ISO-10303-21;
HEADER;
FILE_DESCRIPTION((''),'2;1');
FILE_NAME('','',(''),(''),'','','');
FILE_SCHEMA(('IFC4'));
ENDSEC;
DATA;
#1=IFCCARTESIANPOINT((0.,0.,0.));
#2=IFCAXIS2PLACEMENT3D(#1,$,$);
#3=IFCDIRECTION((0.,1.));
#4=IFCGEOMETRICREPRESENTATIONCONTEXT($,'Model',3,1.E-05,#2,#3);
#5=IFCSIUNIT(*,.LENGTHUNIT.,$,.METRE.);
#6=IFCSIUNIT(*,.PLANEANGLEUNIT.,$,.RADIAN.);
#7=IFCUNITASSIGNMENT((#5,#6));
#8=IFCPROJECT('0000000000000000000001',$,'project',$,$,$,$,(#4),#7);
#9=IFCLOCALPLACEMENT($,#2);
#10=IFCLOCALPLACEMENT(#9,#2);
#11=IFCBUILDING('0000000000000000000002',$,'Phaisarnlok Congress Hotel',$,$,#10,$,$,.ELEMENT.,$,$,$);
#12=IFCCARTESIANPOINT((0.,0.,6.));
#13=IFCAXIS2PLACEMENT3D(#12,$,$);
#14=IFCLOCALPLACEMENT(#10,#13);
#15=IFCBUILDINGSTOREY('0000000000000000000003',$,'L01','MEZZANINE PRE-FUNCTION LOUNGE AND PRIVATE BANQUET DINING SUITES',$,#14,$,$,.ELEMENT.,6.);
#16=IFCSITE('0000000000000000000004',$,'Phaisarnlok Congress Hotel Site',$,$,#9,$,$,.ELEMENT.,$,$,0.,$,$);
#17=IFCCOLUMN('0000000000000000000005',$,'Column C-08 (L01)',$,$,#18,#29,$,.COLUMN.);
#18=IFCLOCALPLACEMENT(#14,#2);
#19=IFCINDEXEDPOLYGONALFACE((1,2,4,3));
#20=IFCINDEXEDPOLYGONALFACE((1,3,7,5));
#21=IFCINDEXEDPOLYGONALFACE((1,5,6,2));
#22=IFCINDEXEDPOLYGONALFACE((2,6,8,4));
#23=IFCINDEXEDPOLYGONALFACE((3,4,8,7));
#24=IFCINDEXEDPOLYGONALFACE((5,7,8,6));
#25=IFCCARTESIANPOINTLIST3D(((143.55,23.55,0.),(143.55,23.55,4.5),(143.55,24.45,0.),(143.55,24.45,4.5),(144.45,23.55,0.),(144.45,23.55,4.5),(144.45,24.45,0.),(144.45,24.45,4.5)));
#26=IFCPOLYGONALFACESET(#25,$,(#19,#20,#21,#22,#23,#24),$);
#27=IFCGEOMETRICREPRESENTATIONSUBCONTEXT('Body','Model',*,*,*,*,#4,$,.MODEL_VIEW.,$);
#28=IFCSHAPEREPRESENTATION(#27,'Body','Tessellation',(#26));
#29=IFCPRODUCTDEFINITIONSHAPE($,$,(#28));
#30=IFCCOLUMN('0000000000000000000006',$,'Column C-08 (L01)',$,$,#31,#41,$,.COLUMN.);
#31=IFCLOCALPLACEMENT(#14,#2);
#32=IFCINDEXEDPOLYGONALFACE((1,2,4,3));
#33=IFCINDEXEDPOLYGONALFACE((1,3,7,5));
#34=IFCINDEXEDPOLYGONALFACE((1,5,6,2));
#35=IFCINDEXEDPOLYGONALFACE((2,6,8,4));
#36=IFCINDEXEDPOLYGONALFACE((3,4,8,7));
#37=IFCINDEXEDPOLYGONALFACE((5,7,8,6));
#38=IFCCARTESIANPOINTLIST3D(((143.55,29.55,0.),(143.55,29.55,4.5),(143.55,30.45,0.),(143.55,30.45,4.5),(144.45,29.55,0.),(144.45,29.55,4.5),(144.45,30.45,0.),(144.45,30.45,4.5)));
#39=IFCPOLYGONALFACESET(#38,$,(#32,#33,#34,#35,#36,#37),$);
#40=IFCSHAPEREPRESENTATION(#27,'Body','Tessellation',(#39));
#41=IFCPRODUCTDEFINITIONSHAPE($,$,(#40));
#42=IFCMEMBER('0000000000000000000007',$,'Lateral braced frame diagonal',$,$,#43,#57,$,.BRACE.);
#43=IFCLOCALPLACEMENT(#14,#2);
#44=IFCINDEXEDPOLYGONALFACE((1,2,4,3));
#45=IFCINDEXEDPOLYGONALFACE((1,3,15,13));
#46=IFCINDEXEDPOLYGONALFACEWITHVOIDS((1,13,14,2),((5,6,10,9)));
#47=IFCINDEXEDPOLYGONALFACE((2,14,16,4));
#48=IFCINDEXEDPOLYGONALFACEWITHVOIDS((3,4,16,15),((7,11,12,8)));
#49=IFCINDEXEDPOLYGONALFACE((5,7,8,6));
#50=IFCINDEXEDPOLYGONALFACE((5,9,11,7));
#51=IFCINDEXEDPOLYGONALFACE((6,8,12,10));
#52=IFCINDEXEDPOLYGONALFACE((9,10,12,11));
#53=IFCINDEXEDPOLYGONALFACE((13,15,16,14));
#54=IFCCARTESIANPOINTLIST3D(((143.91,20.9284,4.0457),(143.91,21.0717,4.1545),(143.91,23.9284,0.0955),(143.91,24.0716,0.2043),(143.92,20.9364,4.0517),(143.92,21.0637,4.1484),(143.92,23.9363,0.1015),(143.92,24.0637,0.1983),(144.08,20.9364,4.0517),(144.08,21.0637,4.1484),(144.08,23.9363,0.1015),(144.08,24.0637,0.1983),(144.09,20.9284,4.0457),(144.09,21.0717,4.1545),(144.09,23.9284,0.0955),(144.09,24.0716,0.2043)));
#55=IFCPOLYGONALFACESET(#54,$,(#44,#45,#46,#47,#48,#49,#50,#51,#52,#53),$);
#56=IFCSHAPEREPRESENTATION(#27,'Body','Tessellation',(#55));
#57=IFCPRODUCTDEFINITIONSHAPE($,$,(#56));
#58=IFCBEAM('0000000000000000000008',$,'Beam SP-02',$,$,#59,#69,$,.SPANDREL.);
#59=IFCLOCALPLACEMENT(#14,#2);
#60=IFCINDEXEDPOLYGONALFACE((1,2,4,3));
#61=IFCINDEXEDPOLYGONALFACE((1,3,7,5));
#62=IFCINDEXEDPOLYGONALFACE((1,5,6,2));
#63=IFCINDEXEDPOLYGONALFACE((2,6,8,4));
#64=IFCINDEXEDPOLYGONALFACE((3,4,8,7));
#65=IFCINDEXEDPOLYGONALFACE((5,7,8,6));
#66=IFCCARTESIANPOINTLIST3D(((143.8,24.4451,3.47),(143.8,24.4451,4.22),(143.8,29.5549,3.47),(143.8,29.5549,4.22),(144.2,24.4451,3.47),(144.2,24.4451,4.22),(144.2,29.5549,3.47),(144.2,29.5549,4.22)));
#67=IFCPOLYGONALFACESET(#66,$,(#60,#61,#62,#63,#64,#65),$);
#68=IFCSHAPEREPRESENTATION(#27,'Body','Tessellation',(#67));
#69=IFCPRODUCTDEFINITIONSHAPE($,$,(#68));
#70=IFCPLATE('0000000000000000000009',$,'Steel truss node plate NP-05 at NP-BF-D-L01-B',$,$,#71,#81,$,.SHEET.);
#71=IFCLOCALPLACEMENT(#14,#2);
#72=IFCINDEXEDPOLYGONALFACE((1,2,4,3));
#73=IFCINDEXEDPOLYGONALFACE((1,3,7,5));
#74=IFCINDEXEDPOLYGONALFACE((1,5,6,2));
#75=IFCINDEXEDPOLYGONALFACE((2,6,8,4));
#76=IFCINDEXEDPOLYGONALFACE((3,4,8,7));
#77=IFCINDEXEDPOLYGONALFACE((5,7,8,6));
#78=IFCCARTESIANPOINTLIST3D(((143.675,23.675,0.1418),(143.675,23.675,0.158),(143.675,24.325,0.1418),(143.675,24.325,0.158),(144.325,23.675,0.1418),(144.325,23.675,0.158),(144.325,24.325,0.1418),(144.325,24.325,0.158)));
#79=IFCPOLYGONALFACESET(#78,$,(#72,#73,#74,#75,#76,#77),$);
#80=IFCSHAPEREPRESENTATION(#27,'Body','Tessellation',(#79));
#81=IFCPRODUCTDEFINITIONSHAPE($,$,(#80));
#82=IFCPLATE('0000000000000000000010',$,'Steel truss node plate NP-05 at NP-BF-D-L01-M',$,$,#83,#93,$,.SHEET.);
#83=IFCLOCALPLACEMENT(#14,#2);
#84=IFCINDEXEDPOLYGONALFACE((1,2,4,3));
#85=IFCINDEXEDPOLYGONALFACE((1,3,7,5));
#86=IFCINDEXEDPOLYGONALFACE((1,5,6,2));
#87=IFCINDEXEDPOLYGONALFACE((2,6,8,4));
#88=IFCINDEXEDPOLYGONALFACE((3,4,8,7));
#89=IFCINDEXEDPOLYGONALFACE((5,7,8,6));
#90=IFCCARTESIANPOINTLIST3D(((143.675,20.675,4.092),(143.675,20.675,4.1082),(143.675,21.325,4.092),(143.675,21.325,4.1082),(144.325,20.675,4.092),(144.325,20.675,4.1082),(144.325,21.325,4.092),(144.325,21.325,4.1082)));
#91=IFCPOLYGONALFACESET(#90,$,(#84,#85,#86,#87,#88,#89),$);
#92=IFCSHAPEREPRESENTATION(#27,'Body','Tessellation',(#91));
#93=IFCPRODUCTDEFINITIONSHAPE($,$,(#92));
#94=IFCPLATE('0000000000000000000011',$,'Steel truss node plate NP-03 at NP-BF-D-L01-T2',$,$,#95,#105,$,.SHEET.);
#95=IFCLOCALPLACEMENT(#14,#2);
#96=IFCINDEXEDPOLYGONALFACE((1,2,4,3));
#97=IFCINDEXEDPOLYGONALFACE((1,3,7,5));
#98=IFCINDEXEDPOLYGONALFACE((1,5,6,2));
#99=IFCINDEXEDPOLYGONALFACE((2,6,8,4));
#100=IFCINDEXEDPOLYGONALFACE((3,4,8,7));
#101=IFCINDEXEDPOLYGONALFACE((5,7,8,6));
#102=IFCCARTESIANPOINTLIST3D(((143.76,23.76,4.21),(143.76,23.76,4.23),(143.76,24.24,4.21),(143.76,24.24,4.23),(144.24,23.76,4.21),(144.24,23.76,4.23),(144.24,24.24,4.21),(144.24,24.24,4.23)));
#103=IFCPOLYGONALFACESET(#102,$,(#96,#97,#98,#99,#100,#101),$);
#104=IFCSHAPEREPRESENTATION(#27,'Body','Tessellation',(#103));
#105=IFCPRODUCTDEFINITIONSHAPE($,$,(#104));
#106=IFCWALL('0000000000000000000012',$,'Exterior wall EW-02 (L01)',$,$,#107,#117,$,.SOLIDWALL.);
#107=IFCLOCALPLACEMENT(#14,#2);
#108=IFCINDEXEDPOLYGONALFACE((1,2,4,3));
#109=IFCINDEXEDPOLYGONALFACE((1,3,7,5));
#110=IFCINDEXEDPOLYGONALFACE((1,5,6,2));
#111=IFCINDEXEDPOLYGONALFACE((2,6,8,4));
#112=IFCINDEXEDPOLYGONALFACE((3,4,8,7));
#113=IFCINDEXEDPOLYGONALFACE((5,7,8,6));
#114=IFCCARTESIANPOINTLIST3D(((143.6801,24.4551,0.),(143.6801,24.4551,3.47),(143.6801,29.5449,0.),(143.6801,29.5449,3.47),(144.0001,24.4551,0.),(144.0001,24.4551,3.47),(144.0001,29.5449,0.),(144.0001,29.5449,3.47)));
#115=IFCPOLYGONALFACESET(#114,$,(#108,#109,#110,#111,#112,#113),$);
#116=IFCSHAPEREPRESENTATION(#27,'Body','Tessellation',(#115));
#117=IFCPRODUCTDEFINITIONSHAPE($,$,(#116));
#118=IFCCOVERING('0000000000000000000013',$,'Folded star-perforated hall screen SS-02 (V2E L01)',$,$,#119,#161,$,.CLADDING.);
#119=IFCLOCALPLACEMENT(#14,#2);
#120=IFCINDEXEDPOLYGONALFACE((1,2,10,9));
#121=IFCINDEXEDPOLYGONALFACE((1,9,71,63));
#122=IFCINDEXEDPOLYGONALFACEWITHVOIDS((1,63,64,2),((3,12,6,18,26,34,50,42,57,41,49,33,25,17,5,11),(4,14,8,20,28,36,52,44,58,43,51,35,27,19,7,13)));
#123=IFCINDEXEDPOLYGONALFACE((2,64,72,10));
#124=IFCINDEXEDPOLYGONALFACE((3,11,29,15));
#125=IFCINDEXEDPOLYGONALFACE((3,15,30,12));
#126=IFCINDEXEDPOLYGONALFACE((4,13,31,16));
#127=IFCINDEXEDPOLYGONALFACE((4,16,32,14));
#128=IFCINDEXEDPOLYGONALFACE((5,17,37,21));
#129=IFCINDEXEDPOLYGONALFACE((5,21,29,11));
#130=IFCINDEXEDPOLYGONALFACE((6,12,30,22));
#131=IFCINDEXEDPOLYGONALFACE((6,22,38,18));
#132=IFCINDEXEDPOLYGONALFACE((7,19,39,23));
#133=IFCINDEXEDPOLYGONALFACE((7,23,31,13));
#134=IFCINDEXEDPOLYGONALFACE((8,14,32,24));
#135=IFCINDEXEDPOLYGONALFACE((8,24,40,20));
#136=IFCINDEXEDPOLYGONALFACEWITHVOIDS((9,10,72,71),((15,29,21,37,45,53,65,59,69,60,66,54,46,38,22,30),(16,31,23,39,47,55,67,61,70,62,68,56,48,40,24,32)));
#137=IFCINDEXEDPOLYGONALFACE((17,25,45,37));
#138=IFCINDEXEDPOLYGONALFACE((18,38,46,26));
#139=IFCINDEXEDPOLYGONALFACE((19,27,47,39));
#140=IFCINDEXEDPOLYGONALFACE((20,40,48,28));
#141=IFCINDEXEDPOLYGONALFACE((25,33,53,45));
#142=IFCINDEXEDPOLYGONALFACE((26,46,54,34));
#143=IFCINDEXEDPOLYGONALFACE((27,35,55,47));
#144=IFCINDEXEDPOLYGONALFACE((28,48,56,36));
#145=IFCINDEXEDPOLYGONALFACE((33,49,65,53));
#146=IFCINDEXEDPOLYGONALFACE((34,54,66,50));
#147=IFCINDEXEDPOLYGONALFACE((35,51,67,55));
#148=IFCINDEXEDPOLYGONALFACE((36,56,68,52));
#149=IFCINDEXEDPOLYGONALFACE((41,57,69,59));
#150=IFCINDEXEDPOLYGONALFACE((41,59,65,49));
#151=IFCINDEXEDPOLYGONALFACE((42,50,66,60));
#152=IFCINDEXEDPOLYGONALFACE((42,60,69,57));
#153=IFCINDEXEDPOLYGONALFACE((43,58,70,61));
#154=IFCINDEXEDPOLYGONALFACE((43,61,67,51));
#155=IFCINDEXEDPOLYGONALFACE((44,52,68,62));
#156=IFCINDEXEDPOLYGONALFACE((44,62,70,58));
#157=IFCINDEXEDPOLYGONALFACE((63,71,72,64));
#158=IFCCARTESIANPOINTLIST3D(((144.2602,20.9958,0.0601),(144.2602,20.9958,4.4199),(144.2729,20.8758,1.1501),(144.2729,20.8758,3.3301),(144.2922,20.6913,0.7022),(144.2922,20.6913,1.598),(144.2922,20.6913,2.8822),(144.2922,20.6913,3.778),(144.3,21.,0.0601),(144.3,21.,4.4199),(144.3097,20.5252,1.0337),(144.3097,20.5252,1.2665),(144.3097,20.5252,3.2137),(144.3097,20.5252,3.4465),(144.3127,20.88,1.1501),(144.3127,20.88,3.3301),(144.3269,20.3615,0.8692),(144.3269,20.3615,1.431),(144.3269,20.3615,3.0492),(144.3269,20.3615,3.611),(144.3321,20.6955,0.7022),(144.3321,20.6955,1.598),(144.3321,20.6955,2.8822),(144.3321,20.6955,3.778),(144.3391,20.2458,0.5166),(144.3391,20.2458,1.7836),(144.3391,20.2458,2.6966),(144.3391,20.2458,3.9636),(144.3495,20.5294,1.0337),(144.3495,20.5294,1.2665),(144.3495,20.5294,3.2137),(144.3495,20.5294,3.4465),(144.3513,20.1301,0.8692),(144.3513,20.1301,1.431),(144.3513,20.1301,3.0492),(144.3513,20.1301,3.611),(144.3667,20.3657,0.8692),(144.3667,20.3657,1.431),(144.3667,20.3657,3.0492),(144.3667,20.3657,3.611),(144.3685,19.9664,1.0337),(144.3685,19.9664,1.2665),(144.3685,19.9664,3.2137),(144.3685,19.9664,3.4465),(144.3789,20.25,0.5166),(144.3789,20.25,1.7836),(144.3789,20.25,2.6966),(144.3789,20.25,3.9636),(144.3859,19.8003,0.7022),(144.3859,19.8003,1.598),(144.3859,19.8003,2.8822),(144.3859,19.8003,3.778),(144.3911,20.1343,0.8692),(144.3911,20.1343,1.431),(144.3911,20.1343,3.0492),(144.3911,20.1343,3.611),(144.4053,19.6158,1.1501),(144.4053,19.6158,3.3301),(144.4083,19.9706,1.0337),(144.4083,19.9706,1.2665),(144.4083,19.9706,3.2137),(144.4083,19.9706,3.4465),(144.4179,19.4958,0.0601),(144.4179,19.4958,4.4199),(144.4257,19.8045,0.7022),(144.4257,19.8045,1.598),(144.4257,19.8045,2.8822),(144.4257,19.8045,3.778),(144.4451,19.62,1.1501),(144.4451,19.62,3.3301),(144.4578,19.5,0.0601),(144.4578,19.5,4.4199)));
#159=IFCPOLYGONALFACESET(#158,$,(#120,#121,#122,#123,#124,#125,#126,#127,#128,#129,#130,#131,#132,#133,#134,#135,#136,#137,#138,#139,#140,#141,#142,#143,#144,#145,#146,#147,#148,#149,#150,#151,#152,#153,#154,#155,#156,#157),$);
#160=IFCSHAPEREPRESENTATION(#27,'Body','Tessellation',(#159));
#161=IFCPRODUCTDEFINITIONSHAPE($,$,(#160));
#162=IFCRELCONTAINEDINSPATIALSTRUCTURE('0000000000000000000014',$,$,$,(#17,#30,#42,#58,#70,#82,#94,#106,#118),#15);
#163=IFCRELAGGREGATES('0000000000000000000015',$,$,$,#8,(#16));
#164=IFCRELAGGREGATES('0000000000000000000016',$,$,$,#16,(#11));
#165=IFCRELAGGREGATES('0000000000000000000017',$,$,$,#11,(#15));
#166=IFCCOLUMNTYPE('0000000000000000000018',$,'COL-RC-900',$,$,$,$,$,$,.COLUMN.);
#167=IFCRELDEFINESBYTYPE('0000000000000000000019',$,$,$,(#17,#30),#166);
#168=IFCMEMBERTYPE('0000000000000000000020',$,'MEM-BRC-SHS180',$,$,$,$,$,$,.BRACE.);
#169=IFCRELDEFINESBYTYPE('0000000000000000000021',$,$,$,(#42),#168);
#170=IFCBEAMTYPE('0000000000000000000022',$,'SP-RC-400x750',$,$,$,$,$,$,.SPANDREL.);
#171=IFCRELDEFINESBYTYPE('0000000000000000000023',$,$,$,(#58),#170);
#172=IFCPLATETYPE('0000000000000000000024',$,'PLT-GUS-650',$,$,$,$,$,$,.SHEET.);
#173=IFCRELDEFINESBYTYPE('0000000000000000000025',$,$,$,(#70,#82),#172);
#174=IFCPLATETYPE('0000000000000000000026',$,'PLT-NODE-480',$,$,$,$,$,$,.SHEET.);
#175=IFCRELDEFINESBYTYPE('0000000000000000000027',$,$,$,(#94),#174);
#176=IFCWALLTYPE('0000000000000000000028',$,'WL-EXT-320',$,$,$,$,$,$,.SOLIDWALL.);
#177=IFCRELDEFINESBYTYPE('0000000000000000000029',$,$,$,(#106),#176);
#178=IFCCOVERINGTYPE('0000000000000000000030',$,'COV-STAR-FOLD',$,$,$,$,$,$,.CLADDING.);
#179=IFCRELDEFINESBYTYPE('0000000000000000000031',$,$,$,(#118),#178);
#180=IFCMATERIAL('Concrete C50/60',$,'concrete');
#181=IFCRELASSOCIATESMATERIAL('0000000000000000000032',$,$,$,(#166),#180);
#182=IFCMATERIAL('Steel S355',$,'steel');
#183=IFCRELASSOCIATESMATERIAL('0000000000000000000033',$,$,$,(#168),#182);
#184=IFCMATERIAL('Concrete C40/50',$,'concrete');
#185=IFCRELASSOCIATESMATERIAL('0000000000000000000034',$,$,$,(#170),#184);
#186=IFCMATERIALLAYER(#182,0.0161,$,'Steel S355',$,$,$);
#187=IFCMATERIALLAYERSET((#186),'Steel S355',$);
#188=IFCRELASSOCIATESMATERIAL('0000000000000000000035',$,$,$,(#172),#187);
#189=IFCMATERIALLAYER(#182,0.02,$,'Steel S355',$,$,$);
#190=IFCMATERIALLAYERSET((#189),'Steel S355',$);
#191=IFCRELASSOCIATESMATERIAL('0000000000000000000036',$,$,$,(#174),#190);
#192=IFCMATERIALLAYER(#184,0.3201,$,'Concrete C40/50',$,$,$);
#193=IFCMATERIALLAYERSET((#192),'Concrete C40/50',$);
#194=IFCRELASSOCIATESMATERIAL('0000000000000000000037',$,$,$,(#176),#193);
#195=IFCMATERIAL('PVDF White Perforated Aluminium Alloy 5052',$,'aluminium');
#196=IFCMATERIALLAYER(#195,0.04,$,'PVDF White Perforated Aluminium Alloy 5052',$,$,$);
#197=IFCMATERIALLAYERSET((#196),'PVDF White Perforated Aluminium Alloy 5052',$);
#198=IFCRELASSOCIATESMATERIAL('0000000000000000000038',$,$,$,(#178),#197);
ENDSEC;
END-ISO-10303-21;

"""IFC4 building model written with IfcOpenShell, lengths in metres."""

from ifc_helpers import new_model, si_unit, direction, frame, frame_2d, origin, origin_2d, place, context, subcontext, project, spatial, polyline, rectangle, hollow_rectangle, outline, extrude, material, layer, layer_set, material_profile, profile_set, type_object, element, save


model = new_model("IFC4")

# Units and contexts
model_context = context("Model", 3, precision=1e-05, world=origin(), true_north=direction((0.0, 1.0)))
body_context = subcontext(model_context, "Body", "Model", "MODEL_VIEW")
ifc_project = project(units=[si_unit("LENGTHUNIT", "METRE"), si_unit("PLANEANGLEUNIT", "RADIAN")], contexts=[model_context])

# Site, building, storey
site_placement = place(None, origin())
site = spatial("IfcSite", under=ifc_project, at=site_placement, Name="Phaisarnlok Congress Hotel Site", CompositionType="ELEMENT", RefElevation=0.0)
building_placement = place(site_placement, origin())
building = spatial("IfcBuilding", under=site, at=building_placement, Name="Phaisarnlok Congress Hotel", CompositionType="ELEMENT")
storey_placement = place(building_placement, frame((0.0, 0.0, 6.0)))
storey = spatial("IfcBuildingStorey", under=building, at=storey_placement, Name="L01", Description="MEZZANINE PRE-FUNCTION LOUNGE AND PRIVATE BANQUET DINING SUITES", CompositionType="ELEMENT", Elevation=6.0)

# Columns
ifc_material_1 = material(Name="Concrete C50/60", Category="concrete")
ifc_material_profile_1 = material_profile(ifc_material_1, rectangle(XDim=0.8999, YDim=0.8999, at=origin_2d()), Name="RC 900x900")
ifc_profile_set_1 = profile_set([ifc_material_profile_1], Name="Concrete C50/60")
column_type = type_object("IfcColumnType", Name="COL-RC-900", PredefinedType="COLUMN", material=ifc_profile_set_1)
for number, where, z_axis, x_axis, name in (
    (1, (144.0, 24.0, 0.0), (0.0, 0.0, 1.0), (1.0, 0.0, 0.0), "Column C-08 (L01)"),
    (2, (144.0, 30.0, 0.0), (0.0, 0.0, 1.0), (1.0, 0.0, 0.0), "Column C-08 (L01)"),
):
    element("IfcColumn", number, at=place(storey_placement, frame(where, z_axis=z_axis, x_axis=x_axis)), inside=storey, type_object=column_type, Name=name, PredefinedType="COLUMN", context=body_context, shape_type="SweptSolid", body=[
        extrude(rectangle(XDim=0.8999, YDim=0.8999, at=origin_2d()), origin(), (0.0, 0.0, 1.0), 4.5),
    ])

# Member
ifc_material_2 = material(Name="Steel S355", Category="steel")
ifc_material_profile_2 = material_profile(ifc_material_2, hollow_rectangle(XDim=0.1799, YDim=0.1799, WallThickness=0.01, at=origin_2d()), Name="SHS 180x180x10")
ifc_profile_set_2 = profile_set([ifc_material_profile_2], Name="Steel S355")
member_type = type_object("IfcMemberType", Name="MEM-BRC-SHS180", PredefinedType="BRACE", material=ifc_profile_set_2)
member_placement = place(storey_placement, frame((144.0, 24.0, 0.1499), z_axis=(0.0, -0.604809, 0.796371), x_axis=(1.0, 0.0, 0.0)))
element("IfcMember", 3, at=member_placement, inside=storey, type_object=member_type, Name="Lateral braced frame diagonal", PredefinedType="BRACE", context=body_context, shape_type="SweptSolid", body=[
    extrude(hollow_rectangle(XDim=0.1799, YDim=0.1799, WallThickness=0.01, at=origin_2d()), origin(), (0.0, 0.0, 1.0), 4.9602),
])

# Beam
ifc_material_3 = material(Name="Concrete C40/50", Category="concrete")
ifc_material_profile_3 = material_profile(ifc_material_3, rectangle(XDim=0.3999, YDim=0.75, at=origin_2d()), Name="RC 400x750")
ifc_profile_set_3 = profile_set([ifc_material_profile_3], Name="Concrete C40/50")
beam_type = type_object("IfcBeamType", Name="SP-RC-400x750", PredefinedType="SPANDREL", material=ifc_profile_set_3)
beam_placement = place(storey_placement, frame((144.0, 24.4451, 3.845), z_axis=(0.0, 1.0, 0.0), x_axis=(-1.0, 0.0, 0.0)))
element("IfcBeam", 4, at=beam_placement, inside=storey, type_object=beam_type, Name="Beam SP-02", PredefinedType="SPANDREL", context=body_context, shape_type="SweptSolid", body=[
    extrude(rectangle(XDim=0.3999, YDim=0.75, at=origin_2d()), origin(), (0.0, 0.0, 1.0), 5.1099),
])

# Plates
ifc_layer_1 = layer(ifc_material_2, 0.0161, Name="Steel S355")
ifc_layer_set_1 = layer_set([ifc_layer_1], Name="Steel S355")
plate_type_1 = type_object("IfcPlateType", Name="PLT-GUS-650", PredefinedType="SHEET", material=ifc_layer_set_1)
for number, where, z_axis, x_axis, name in (
    (5, (144.0, 24.0, 0.1418), (0.0, 0.0, 1.0), (1.0, 0.0, 0.0), "Steel truss node plate NP-05 at NP-BF-D-L01-B"),
    (6, (144.0, 21.0, 4.092), (0.0, 0.0, 1.0), (1.0, 0.0, 0.0), "Steel truss node plate NP-05 at NP-BF-D-L01-M"),
):
    element("IfcPlate", number, at=place(storey_placement, frame(where, z_axis=z_axis, x_axis=x_axis)), inside=storey, type_object=plate_type_1, Name=name, PredefinedType="SHEET", context=body_context, shape_type="SweptSolid", body=[
        extrude(rectangle(XDim=0.6499, YDim=0.6499, at=origin_2d()), origin(), (0.0, 0.0, 1.0), 0.0161),
    ])
ifc_layer_2 = layer(ifc_material_2, 0.02, Name="Steel S355")
ifc_layer_set_2 = layer_set([ifc_layer_2], Name="Steel S355")
plate_type_2 = type_object("IfcPlateType", Name="PLT-NODE-480", PredefinedType="SHEET", material=ifc_layer_set_2)
plate_placement = place(storey_placement, frame((144.0, 24.0, 4.21), z_axis=(0.0, 0.0, 1.0), x_axis=(1.0, 0.0, 0.0)))
element("IfcPlate", 7, at=plate_placement, inside=storey, type_object=plate_type_2, Name="Steel truss node plate NP-03 at NP-BF-D-L01-T2", PredefinedType="SHEET", context=body_context, shape_type="SweptSolid", body=[
    extrude(rectangle(XDim=0.48, YDim=0.48, at=origin_2d()), origin(), (0.0, 0.0, 1.0), 0.02),
])

# Wall
ifc_layer_3 = layer(ifc_material_3, 0.3201, Name="Concrete C40/50")
ifc_layer_set_3 = layer_set([ifc_layer_3], Name="Concrete C40/50")
wall_type = type_object("IfcWallType", Name="WL-EXT-320", PredefinedType="SOLIDWALL", material=ifc_layer_set_3)
wall_placement = place(storey_placement, frame((143.8401, 24.4551, 0.0), z_axis=(0.0, 0.0, 1.0), x_axis=(0.0, 1.0, 0.0)))
element("IfcWall", 8, at=wall_placement, inside=storey, type_object=wall_type, Name="Exterior wall EW-02 (L01)", PredefinedType="SOLIDWALL", context=body_context, shape_type="SweptSolid", body=[
    extrude(rectangle(XDim=5.0898, YDim=0.3201, at=frame_2d((2.5449, 0.0))), origin(), (0.0, 0.0, 1.0), 3.47),
])

# Covering
ifc_material_4 = material(Name="PVDF White Perforated Aluminium Alloy 5052", Category="aluminium")
ifc_layer_4 = layer(ifc_material_4, 0.04, Name="PVDF White Perforated Aluminium Alloy 5052")
ifc_layer_set_4 = layer_set([ifc_layer_4], Name="PVDF White Perforated Aluminium Alloy 5052")
covering_type = type_object("IfcCoveringType", Name="COV-STAR-FOLD", PredefinedType="CLADDING", material=ifc_layer_set_4)
for number, where, z_axis, x_axis, name in (
    (9, (144.3, 21.0, 0.0601), (-0.994518, -0.104567, 0.0), (0.104567, -0.994518, 0.0), "Folded star-perforated hall screen SS-02 (V2E L01)"),
):
    element("IfcCovering", number, at=place(storey_placement, frame(where, z_axis=z_axis, x_axis=x_axis)), inside=storey, type_object=covering_type, Name=name, PredefinedType="CLADDING", context=body_context, shape_type="SweptSolid", body=[
        extrude(outline(polyline([(0.0, 0.0), (1.5083, 0.0), (1.5083, 4.3599), (0.0, 4.3599), (0.0, 0.0)]), holes=[polyline([(1.0351, 0.9736), (1.2021, 0.6421), (0.8705, 0.8091), (0.7541, 0.4565), (0.6378, 0.8091), (0.3062, 0.6421), (0.4732, 0.9736), (0.1207, 1.09), (0.4732, 1.2064), (0.3062, 1.5379), (0.6378, 1.3709), (0.7541, 1.7235), (0.8705, 1.3709), (1.2021, 1.5379), (1.0351, 1.2064), (1.3876, 1.09), (1.0351, 0.9736)]), polyline([(1.0351, 3.1536), (1.2021, 2.8221), (0.8705, 2.9891), (0.7541, 2.6365), (0.6378, 2.9891), (0.3062, 2.8221), (0.4732, 3.1536), (0.1207, 3.27), (0.4732, 3.3864), (0.3062, 3.7179), (0.6378, 3.5509), (0.7541, 3.9035), (0.8705, 3.5509), (1.2021, 3.7179), (1.0351, 3.3864), (1.3876, 3.27), (1.0351, 3.1536)])]), origin(), (0.0, 0.0, 1.0), 0.04),
    ])

save(model, "model.ifc")
